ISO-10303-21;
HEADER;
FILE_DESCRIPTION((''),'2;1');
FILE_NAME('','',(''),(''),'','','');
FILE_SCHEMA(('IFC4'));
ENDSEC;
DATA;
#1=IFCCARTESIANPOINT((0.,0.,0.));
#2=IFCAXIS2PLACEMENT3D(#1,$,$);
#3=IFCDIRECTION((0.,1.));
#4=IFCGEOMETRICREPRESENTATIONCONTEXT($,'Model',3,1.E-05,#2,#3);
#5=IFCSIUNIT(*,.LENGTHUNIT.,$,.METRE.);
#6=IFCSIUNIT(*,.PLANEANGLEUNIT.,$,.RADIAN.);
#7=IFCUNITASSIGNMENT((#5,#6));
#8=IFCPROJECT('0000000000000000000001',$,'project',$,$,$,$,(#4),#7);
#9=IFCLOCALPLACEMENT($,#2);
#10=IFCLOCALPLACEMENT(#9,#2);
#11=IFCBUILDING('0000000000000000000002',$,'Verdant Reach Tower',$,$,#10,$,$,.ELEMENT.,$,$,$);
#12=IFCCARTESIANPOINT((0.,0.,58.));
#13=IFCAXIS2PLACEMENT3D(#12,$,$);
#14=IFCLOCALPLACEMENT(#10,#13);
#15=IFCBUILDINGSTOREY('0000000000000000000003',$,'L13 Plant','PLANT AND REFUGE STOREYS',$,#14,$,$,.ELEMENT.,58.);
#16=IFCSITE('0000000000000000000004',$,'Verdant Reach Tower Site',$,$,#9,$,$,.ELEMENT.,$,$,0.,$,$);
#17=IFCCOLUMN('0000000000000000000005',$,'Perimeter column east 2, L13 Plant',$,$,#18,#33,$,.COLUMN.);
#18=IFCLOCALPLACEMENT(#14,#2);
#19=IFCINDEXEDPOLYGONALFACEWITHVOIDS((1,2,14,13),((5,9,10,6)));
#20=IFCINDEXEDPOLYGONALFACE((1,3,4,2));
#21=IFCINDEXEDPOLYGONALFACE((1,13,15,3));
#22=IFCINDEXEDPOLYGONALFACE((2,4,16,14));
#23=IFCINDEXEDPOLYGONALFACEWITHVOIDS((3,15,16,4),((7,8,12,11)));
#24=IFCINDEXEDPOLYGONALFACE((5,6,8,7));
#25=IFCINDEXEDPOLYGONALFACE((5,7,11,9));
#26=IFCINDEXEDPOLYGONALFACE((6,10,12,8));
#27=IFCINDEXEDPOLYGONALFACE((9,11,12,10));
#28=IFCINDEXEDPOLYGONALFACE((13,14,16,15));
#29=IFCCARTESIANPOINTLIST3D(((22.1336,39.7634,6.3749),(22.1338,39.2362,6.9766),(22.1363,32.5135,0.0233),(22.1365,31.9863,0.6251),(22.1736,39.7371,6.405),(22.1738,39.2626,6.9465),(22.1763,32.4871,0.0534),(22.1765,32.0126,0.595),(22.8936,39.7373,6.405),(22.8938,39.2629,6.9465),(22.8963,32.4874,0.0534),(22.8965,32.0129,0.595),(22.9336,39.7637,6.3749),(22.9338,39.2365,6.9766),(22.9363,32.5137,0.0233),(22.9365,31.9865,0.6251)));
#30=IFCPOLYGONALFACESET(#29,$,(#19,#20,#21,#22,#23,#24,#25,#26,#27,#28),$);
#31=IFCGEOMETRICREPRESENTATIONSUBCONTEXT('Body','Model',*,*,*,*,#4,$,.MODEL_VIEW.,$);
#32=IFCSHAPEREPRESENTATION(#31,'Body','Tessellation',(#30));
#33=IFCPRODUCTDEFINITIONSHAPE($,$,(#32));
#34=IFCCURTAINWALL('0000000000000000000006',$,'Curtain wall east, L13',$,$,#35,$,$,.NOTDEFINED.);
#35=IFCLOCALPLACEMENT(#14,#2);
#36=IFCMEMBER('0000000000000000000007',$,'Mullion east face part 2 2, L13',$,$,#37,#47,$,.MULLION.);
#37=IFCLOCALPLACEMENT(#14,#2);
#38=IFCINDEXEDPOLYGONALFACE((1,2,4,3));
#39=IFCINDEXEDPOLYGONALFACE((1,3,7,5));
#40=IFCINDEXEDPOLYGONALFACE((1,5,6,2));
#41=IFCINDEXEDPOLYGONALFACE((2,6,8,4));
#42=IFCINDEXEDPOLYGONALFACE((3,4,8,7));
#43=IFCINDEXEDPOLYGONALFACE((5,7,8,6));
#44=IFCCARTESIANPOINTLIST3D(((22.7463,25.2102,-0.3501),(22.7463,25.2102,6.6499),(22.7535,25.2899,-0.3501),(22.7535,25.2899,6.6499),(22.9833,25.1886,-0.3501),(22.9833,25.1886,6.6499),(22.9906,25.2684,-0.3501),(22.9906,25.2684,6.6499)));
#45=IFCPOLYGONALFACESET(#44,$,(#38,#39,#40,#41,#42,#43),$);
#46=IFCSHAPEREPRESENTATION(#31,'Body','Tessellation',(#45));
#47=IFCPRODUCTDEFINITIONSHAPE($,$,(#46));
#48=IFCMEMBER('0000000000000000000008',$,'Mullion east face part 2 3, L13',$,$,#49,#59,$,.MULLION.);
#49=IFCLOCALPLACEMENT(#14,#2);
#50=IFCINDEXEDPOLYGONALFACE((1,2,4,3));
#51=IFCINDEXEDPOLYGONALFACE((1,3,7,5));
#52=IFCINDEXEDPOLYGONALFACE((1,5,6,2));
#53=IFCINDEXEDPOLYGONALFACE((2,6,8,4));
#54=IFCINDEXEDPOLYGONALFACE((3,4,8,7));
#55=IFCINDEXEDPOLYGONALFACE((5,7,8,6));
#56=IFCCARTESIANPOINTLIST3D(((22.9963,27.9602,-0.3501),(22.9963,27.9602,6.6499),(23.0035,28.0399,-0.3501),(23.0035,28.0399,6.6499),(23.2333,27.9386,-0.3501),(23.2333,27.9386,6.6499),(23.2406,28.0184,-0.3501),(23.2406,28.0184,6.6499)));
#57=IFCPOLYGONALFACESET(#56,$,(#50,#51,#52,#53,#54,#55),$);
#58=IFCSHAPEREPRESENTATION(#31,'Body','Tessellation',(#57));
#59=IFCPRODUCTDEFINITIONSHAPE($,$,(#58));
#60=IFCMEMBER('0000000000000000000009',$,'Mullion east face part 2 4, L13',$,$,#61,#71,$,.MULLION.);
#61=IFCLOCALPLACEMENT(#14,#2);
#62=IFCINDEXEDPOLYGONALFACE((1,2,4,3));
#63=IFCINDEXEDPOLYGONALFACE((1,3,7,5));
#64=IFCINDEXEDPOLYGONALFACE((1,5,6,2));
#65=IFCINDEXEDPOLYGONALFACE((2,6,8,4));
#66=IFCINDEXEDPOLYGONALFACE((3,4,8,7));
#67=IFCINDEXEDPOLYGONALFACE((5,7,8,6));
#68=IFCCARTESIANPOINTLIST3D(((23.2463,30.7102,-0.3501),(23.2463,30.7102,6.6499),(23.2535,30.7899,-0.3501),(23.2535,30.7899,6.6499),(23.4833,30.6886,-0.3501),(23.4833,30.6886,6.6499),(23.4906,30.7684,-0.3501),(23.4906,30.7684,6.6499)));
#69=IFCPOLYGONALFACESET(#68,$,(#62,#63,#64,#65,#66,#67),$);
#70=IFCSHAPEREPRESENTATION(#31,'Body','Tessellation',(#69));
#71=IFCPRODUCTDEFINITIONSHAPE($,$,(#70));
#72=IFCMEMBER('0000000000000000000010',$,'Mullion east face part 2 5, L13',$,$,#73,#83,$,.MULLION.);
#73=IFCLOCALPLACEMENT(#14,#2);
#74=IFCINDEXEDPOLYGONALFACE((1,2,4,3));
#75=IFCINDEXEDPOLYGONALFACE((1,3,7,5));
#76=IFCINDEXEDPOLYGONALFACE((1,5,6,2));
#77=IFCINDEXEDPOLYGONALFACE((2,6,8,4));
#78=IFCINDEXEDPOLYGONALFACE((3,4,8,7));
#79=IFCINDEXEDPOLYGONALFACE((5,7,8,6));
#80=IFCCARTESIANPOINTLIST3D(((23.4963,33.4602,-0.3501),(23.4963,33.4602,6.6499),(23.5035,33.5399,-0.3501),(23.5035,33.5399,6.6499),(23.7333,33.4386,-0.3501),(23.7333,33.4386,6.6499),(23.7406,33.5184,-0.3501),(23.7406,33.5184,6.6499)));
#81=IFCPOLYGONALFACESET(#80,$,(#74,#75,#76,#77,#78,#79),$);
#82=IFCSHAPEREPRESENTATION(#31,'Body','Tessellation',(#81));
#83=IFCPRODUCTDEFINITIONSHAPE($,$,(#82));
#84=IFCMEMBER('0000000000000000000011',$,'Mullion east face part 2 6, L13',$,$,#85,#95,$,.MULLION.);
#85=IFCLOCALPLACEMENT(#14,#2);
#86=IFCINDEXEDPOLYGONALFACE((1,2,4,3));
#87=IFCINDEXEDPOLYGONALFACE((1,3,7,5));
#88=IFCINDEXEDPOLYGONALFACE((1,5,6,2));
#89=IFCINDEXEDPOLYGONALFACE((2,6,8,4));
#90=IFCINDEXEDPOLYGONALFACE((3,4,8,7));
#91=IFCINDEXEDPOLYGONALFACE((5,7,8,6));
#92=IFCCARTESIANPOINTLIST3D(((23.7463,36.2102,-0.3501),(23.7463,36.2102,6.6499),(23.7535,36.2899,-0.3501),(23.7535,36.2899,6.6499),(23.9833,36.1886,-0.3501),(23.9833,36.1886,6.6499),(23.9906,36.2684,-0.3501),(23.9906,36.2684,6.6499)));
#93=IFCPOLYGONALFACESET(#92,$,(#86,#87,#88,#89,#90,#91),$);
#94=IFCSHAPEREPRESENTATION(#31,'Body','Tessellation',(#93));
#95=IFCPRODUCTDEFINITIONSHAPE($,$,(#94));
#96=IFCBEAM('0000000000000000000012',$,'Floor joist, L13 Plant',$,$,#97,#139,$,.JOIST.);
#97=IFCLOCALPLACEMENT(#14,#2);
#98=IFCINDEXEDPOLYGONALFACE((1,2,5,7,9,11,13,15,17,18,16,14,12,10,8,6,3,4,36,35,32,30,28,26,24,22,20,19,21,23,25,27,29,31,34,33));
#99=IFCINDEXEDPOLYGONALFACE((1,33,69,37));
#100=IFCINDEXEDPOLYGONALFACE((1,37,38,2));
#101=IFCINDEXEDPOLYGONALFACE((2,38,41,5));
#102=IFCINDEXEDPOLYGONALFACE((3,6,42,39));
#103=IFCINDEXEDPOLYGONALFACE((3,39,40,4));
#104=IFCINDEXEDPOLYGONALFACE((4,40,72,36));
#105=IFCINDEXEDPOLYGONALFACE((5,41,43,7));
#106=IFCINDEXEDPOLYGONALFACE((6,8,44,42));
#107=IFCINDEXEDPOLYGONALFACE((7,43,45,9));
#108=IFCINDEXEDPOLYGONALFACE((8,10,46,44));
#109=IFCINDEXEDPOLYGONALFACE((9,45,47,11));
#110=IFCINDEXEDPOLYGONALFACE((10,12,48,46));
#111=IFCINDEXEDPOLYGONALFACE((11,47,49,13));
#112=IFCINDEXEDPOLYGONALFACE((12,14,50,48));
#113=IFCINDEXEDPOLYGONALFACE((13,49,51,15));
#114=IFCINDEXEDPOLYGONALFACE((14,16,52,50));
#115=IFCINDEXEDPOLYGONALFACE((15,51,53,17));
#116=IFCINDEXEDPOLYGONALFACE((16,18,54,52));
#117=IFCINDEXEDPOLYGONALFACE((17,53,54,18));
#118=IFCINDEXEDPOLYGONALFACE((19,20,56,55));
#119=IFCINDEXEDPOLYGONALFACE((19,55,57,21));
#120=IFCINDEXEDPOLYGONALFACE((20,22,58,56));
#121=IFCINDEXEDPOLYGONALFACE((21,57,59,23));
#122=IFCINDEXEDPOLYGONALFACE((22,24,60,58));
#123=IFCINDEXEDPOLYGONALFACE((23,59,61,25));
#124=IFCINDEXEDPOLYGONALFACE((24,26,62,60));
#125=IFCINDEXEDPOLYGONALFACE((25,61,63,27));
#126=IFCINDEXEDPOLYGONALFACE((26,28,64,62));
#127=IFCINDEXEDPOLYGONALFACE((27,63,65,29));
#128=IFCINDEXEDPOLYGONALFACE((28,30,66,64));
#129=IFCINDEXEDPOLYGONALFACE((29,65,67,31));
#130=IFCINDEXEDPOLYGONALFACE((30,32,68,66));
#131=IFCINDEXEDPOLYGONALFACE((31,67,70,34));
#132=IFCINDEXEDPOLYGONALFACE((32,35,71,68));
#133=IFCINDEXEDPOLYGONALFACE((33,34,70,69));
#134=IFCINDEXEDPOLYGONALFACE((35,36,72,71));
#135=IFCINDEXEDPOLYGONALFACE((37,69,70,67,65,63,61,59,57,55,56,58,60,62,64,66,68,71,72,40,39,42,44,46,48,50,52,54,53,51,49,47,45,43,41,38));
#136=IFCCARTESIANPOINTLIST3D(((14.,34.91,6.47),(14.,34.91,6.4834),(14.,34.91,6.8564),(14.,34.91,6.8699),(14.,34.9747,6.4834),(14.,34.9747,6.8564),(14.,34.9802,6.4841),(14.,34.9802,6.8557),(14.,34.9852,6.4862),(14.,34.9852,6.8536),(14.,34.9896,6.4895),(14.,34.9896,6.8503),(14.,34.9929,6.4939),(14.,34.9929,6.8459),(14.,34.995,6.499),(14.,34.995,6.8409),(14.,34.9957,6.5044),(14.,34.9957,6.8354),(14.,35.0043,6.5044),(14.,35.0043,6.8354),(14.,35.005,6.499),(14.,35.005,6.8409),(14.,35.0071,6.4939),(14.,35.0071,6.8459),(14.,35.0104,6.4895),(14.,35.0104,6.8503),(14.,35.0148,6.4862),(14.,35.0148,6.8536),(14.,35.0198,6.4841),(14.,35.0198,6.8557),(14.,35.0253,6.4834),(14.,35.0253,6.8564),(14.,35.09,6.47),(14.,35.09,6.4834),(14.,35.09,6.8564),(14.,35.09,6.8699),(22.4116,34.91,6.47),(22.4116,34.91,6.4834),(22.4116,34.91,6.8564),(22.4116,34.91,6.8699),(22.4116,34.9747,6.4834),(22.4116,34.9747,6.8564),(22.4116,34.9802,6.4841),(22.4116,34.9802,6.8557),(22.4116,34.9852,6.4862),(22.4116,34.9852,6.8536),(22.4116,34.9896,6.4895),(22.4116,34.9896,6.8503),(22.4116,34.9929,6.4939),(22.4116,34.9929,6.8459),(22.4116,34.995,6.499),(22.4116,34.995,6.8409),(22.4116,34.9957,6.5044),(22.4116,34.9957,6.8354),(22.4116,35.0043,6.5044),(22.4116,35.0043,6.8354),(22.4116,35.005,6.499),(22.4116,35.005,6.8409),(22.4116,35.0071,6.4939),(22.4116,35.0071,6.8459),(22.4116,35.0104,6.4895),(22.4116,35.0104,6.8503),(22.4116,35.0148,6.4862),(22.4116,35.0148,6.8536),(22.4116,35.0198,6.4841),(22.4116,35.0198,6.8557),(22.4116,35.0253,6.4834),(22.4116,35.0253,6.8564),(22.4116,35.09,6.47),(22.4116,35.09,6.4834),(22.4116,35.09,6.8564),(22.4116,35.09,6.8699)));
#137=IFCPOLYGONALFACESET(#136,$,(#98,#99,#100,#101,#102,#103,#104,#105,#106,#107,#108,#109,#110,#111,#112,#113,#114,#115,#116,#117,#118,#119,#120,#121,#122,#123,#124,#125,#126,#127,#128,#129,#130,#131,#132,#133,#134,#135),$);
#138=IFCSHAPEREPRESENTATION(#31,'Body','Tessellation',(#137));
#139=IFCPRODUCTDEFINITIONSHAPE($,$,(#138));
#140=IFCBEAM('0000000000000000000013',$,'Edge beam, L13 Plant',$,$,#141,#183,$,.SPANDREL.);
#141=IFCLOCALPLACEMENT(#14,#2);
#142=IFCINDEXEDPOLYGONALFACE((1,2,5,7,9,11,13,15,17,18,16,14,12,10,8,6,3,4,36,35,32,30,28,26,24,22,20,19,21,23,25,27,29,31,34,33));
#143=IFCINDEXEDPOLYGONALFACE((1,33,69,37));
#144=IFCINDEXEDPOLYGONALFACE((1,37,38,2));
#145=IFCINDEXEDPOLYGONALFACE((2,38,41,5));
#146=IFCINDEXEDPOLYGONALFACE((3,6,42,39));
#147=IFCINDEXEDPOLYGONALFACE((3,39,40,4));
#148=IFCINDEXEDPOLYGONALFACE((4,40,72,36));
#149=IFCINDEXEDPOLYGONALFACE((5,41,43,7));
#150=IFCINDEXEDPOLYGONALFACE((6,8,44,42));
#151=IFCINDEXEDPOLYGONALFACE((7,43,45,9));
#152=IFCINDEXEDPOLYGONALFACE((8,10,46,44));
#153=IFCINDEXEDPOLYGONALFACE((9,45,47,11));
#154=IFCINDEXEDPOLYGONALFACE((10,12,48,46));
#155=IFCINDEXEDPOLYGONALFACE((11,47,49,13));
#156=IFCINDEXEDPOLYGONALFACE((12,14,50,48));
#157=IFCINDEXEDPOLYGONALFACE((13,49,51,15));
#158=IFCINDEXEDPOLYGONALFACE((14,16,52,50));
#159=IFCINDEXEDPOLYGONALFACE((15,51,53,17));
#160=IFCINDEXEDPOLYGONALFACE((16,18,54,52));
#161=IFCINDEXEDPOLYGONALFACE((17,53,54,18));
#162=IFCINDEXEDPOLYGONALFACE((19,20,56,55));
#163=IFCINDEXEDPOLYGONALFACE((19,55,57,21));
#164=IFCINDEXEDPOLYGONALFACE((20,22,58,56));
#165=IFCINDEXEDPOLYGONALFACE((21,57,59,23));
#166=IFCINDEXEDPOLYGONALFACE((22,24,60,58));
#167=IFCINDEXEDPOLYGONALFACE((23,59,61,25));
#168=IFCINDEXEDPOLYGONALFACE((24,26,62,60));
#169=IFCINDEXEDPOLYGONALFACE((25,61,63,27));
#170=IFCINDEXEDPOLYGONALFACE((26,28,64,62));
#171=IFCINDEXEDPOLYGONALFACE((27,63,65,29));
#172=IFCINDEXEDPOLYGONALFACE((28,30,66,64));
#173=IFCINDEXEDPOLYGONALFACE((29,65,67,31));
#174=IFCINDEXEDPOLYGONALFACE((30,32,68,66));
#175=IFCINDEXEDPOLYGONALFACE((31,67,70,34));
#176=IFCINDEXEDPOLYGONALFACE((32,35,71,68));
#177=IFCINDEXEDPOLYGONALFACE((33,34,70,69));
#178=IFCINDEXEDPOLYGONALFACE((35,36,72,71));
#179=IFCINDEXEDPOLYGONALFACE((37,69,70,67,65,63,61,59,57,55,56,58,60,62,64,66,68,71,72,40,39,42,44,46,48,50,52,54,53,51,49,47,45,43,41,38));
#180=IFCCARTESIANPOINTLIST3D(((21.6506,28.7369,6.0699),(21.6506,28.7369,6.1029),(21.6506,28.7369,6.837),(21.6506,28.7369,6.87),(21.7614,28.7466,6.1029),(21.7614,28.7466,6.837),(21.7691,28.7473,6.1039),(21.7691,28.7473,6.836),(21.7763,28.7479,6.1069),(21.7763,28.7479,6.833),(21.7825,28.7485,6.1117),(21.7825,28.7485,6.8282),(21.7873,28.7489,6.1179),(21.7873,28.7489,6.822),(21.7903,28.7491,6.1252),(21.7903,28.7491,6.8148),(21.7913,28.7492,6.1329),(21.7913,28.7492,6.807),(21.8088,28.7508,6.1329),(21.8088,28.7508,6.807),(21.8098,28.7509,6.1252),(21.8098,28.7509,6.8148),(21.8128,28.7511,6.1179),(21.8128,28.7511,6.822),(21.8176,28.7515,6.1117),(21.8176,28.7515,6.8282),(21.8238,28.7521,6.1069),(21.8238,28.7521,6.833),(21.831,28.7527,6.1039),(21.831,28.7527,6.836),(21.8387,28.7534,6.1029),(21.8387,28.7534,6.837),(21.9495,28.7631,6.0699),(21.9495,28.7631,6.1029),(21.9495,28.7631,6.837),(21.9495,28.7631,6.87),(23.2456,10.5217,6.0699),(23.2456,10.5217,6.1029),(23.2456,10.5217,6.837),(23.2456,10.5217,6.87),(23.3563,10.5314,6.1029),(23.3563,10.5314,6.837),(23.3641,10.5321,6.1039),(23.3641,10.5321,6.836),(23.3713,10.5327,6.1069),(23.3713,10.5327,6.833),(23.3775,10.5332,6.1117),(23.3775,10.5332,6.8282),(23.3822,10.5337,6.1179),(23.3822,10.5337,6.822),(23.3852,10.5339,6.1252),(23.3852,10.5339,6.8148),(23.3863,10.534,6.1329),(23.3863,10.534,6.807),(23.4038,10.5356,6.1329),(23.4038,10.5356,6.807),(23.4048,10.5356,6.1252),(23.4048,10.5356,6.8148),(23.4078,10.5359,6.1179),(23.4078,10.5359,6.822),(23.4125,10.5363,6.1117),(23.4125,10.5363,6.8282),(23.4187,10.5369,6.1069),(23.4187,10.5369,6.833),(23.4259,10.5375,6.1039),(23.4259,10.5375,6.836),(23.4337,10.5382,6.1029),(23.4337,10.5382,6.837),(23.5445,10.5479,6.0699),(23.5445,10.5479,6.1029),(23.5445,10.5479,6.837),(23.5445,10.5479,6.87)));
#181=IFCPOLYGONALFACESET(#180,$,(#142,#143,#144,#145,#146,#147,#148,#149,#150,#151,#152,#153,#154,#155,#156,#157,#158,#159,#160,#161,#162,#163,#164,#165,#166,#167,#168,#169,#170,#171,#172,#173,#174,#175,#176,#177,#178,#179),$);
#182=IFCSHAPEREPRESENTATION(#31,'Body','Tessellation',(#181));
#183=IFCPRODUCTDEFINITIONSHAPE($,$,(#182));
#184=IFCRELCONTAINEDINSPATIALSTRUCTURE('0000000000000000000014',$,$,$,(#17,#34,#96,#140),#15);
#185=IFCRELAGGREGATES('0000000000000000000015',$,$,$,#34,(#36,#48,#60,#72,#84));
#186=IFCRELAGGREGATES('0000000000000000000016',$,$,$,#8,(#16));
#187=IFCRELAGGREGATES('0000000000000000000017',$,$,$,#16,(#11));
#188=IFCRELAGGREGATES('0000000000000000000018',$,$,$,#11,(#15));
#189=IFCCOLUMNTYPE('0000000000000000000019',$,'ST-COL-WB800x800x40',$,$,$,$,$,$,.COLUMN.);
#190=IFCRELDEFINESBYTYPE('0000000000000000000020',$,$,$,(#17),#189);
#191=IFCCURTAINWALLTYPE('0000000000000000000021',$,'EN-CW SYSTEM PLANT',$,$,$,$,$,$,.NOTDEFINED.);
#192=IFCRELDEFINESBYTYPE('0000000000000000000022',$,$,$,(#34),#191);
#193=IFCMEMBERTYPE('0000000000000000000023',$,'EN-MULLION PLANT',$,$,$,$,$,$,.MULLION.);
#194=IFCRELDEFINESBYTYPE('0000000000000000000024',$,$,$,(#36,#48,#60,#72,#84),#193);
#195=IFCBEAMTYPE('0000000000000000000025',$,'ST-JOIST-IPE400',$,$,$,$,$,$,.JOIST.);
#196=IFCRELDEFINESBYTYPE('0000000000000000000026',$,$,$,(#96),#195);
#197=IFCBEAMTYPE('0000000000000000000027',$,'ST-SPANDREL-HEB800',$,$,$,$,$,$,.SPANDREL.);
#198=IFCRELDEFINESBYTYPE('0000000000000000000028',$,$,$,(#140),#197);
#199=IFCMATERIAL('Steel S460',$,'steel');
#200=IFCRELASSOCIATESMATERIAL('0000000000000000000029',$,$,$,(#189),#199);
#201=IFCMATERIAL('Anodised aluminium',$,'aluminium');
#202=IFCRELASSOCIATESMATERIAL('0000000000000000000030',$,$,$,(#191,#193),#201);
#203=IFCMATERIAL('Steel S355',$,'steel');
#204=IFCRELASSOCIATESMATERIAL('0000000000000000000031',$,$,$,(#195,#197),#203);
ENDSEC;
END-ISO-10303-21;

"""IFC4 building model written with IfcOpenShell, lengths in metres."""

from ifc_helpers import new_model, si_unit, direction, frame, origin, origin_2d, place, context, subcontext, project, spatial, rectangle, hollow_rectangle, i_section, extrude, material, material_profile, profile_set, type_object, element, aggregate, save


model = new_model("IFC4")

# Units and contexts
model_context = context("Model", 3, precision=1e-05, world=origin(), true_north=direction((0.0, 1.0)))
body_context = subcontext(model_context, "Body", "Model", "MODEL_VIEW")
ifc_project = project(units=[si_unit("LENGTHUNIT", "METRE"), si_unit("PLANEANGLEUNIT", "RADIAN")], contexts=[model_context])

# Site, building, storey
site_placement = place(None, origin())
site = spatial("IfcSite", under=ifc_project, at=site_placement, Name="Verdant Reach Tower Site", CompositionType="ELEMENT", RefElevation=0.0)
building_placement = place(site_placement, origin())
building = spatial("IfcBuilding", under=site, at=building_placement, Name="Verdant Reach Tower", CompositionType="ELEMENT")
storey_placement = place(building_placement, frame((0.0, 0.0, 58.0)))
storey = spatial("IfcBuildingStorey", under=building, at=storey_placement, Name="L13 Plant", Description="PLANT AND REFUGE STOREYS", CompositionType="ELEMENT", Elevation=58.0)

# Column
ifc_material_1 = material(Name="Steel S460", Category="steel")
ifc_material_profile_1 = material_profile(ifc_material_1, hollow_rectangle(XDim=0.8, YDim=0.8, WallThickness=0.04, at=origin_2d()), Name="WB 800x800x40")
ifc_profile_set_1 = profile_set([ifc_material_profile_1], Name="Steel S460")
column_type = type_object("IfcColumnType", Name="ST-COL-WB800x800x40", PredefinedType="COLUMN", material=ifc_profile_set_1)
column_placement = place(storey_placement, frame((22.5364, 32.25, 0.3242), z_axis=(-0.000279, 0.752175, 0.658964), x_axis=(-1.0, -0.00037, 0.0)))
element("IfcColumn", 1, at=column_placement, inside=storey, type_object=column_type, Name="Perimeter column east 2, L13 Plant", PredefinedType="COLUMN", context=body_context, shape_type="SweptSolid", body=[
    extrude(hollow_rectangle(XDim=0.8, YDim=0.8, WallThickness=0.04, at=origin_2d()), origin(), (0.0, 0.0, 1.0), 9.6387),
])

# Curtain wall, members
ifc_material_2 = material(Name="Anodised aluminium", Category="aluminium")
curtain_wall_type = type_object("IfcCurtainWallType", Name="EN-CW SYSTEM PLANT", PredefinedType="NOTDEFINED", material=ifc_material_2)
curtain_wall_placement = place(storey_placement, origin())
curtain_wall = element("IfcCurtainWall", 2, at=curtain_wall_placement, inside=storey, type_object=curtain_wall_type, Name="Curtain wall east, L13", PredefinedType="NOTDEFINED")
ifc_material_profile_2 = material_profile(ifc_material_2, rectangle(XDim=0.238, YDim=0.0801, at=origin_2d()), Name="Mullion 80x240")
ifc_profile_set_2 = profile_set([ifc_material_profile_2], Name="Anodised aluminium")
member_type_1 = type_object("IfcMemberType", Name="EN-MULLION PLANT", PredefinedType="MULLION", material=ifc_profile_set_2)
member_1_placement = place(storey_placement, frame((22.8684, 25.2393, -0.3501), z_axis=(0.0, 0.0, 1.0), x_axis=(0.995893, -0.090536, 0.0)))
member_1 = element("IfcMember", 3, at=member_1_placement, type_object=member_type_1, Name="Mullion east face part 2 2, L13", PredefinedType="MULLION", context=body_context, shape_type="SweptSolid", body=[
    extrude(rectangle(XDim=0.238, YDim=0.0801, at=origin_2d()), origin(), (0.0, 0.0, 1.0), 7.0),
])
member_2_placement = place(storey_placement, frame((23.1184, 27.9893, -0.3501), z_axis=(0.0, 0.0, 1.0), x_axis=(0.995893, -0.090536, 0.0)))
member_2 = element("IfcMember", 4, at=member_2_placement, type_object=member_type_1, Name="Mullion east face part 2 3, L13", PredefinedType="MULLION", context=body_context, shape_type="SweptSolid", body=[
    extrude(rectangle(XDim=0.238, YDim=0.0801, at=origin_2d()), origin(), (0.0, 0.0, 1.0), 7.0),
])
member_3_placement = place(storey_placement, frame((23.3684, 30.7393, -0.3501), z_axis=(0.0, 0.0, 1.0), x_axis=(0.995893, -0.090536, 0.0)))
member_3 = element("IfcMember", 5, at=member_3_placement, type_object=member_type_1, Name="Mullion east face part 2 4, L13", PredefinedType="MULLION", context=body_context, shape_type="SweptSolid", body=[
    extrude(rectangle(XDim=0.238, YDim=0.0801, at=origin_2d()), origin(), (0.0, 0.0, 1.0), 7.0),
])
member_4_placement = place(storey_placement, frame((23.6184, 33.4893, -0.3501), z_axis=(0.0, 0.0, 1.0), x_axis=(0.995893, -0.090536, 0.0)))
member_4 = element("IfcMember", 6, at=member_4_placement, type_object=member_type_1, Name="Mullion east face part 2 5, L13", PredefinedType="MULLION", context=body_context, shape_type="SweptSolid", body=[
    extrude(rectangle(XDim=0.238, YDim=0.0801, at=origin_2d()), origin(), (0.0, 0.0, 1.0), 7.0),
])
member_5_placement = place(storey_placement, frame((23.8684, 36.2393, -0.3501), z_axis=(0.0, 0.0, 1.0), x_axis=(0.995893, -0.090536, 0.0)))
member_5 = element("IfcMember", 7, at=member_5_placement, type_object=member_type_1, Name="Mullion east face part 2 6, L13", PredefinedType="MULLION", context=body_context, shape_type="SweptSolid", body=[
    extrude(rectangle(XDim=0.238, YDim=0.0801, at=origin_2d()), origin(), (0.0, 0.0, 1.0), 7.0),
])

# Beams
ifc_material_3 = material(Name="Steel S355", Category="steel")
ifc_material_profile_3 = material_profile(ifc_material_3, i_section(OverallWidth=0.1799, OverallDepth=0.3999, WebThickness=0.0085, FlangeThickness=0.0134, FilletRadius=0.021, at=origin_2d()), Name="IPE 400")
ifc_profile_set_3 = profile_set([ifc_material_profile_3], Name="Steel S355")
beam_type_1 = type_object("IfcBeamType", Name="ST-JOIST-IPE400", PredefinedType="JOIST", material=ifc_profile_set_3)
beam_1_placement = place(storey_placement, frame((14.0, 35.0, 6.6699), z_axis=(1.0, 0.0, 0.0), x_axis=(0.0, 1.0, 0.0)))
element("IfcBeam", 8, at=beam_1_placement, inside=storey, type_object=beam_type_1, Name="Floor joist, L13 Plant", PredefinedType="JOIST", context=body_context, shape_type="SweptSolid", body=[
    extrude(i_section(OverallWidth=0.1799, OverallDepth=0.3999, WebThickness=0.0085, FlangeThickness=0.0134, FilletRadius=0.021, at=origin_2d()), origin(), (0.0, 0.0, 1.0), 8.4116),
])
ifc_material_profile_4 = material_profile(ifc_material_3, i_section(OverallWidth=0.3, OverallDepth=0.8, WebThickness=0.0176, FlangeThickness=0.033, FilletRadius=0.03, at=origin_2d()), Name="HEB 800")
ifc_profile_set_4 = profile_set([ifc_material_profile_4], Name="Steel S355")
beam_type_2 = type_object("IfcBeamType", Name="ST-SPANDREL-HEB800", PredefinedType="SPANDREL", material=ifc_profile_set_4)
beam_2_placement = place(storey_placement, frame((21.8, 28.75, 6.47), z_axis=(0.087228, -0.996188, 0.0), x_axis=(0.996188, 0.087228, 0.0)))
element("IfcBeam", 9, at=beam_2_placement, inside=storey, type_object=beam_type_2, Name="Edge beam, L13 Plant", PredefinedType="SPANDREL", context=body_context, shape_type="SweptSolid", body=[
    extrude(i_section(OverallWidth=0.3, OverallDepth=0.8, WebThickness=0.0176, FlangeThickness=0.033, FilletRadius=0.03, at=origin_2d()), origin(), (0.0, 0.0, 1.0), 18.2849),
])

aggregate(curtain_wall, [member_1, member_2, member_3, member_4, member_5])

save(model, "model.ifc")
